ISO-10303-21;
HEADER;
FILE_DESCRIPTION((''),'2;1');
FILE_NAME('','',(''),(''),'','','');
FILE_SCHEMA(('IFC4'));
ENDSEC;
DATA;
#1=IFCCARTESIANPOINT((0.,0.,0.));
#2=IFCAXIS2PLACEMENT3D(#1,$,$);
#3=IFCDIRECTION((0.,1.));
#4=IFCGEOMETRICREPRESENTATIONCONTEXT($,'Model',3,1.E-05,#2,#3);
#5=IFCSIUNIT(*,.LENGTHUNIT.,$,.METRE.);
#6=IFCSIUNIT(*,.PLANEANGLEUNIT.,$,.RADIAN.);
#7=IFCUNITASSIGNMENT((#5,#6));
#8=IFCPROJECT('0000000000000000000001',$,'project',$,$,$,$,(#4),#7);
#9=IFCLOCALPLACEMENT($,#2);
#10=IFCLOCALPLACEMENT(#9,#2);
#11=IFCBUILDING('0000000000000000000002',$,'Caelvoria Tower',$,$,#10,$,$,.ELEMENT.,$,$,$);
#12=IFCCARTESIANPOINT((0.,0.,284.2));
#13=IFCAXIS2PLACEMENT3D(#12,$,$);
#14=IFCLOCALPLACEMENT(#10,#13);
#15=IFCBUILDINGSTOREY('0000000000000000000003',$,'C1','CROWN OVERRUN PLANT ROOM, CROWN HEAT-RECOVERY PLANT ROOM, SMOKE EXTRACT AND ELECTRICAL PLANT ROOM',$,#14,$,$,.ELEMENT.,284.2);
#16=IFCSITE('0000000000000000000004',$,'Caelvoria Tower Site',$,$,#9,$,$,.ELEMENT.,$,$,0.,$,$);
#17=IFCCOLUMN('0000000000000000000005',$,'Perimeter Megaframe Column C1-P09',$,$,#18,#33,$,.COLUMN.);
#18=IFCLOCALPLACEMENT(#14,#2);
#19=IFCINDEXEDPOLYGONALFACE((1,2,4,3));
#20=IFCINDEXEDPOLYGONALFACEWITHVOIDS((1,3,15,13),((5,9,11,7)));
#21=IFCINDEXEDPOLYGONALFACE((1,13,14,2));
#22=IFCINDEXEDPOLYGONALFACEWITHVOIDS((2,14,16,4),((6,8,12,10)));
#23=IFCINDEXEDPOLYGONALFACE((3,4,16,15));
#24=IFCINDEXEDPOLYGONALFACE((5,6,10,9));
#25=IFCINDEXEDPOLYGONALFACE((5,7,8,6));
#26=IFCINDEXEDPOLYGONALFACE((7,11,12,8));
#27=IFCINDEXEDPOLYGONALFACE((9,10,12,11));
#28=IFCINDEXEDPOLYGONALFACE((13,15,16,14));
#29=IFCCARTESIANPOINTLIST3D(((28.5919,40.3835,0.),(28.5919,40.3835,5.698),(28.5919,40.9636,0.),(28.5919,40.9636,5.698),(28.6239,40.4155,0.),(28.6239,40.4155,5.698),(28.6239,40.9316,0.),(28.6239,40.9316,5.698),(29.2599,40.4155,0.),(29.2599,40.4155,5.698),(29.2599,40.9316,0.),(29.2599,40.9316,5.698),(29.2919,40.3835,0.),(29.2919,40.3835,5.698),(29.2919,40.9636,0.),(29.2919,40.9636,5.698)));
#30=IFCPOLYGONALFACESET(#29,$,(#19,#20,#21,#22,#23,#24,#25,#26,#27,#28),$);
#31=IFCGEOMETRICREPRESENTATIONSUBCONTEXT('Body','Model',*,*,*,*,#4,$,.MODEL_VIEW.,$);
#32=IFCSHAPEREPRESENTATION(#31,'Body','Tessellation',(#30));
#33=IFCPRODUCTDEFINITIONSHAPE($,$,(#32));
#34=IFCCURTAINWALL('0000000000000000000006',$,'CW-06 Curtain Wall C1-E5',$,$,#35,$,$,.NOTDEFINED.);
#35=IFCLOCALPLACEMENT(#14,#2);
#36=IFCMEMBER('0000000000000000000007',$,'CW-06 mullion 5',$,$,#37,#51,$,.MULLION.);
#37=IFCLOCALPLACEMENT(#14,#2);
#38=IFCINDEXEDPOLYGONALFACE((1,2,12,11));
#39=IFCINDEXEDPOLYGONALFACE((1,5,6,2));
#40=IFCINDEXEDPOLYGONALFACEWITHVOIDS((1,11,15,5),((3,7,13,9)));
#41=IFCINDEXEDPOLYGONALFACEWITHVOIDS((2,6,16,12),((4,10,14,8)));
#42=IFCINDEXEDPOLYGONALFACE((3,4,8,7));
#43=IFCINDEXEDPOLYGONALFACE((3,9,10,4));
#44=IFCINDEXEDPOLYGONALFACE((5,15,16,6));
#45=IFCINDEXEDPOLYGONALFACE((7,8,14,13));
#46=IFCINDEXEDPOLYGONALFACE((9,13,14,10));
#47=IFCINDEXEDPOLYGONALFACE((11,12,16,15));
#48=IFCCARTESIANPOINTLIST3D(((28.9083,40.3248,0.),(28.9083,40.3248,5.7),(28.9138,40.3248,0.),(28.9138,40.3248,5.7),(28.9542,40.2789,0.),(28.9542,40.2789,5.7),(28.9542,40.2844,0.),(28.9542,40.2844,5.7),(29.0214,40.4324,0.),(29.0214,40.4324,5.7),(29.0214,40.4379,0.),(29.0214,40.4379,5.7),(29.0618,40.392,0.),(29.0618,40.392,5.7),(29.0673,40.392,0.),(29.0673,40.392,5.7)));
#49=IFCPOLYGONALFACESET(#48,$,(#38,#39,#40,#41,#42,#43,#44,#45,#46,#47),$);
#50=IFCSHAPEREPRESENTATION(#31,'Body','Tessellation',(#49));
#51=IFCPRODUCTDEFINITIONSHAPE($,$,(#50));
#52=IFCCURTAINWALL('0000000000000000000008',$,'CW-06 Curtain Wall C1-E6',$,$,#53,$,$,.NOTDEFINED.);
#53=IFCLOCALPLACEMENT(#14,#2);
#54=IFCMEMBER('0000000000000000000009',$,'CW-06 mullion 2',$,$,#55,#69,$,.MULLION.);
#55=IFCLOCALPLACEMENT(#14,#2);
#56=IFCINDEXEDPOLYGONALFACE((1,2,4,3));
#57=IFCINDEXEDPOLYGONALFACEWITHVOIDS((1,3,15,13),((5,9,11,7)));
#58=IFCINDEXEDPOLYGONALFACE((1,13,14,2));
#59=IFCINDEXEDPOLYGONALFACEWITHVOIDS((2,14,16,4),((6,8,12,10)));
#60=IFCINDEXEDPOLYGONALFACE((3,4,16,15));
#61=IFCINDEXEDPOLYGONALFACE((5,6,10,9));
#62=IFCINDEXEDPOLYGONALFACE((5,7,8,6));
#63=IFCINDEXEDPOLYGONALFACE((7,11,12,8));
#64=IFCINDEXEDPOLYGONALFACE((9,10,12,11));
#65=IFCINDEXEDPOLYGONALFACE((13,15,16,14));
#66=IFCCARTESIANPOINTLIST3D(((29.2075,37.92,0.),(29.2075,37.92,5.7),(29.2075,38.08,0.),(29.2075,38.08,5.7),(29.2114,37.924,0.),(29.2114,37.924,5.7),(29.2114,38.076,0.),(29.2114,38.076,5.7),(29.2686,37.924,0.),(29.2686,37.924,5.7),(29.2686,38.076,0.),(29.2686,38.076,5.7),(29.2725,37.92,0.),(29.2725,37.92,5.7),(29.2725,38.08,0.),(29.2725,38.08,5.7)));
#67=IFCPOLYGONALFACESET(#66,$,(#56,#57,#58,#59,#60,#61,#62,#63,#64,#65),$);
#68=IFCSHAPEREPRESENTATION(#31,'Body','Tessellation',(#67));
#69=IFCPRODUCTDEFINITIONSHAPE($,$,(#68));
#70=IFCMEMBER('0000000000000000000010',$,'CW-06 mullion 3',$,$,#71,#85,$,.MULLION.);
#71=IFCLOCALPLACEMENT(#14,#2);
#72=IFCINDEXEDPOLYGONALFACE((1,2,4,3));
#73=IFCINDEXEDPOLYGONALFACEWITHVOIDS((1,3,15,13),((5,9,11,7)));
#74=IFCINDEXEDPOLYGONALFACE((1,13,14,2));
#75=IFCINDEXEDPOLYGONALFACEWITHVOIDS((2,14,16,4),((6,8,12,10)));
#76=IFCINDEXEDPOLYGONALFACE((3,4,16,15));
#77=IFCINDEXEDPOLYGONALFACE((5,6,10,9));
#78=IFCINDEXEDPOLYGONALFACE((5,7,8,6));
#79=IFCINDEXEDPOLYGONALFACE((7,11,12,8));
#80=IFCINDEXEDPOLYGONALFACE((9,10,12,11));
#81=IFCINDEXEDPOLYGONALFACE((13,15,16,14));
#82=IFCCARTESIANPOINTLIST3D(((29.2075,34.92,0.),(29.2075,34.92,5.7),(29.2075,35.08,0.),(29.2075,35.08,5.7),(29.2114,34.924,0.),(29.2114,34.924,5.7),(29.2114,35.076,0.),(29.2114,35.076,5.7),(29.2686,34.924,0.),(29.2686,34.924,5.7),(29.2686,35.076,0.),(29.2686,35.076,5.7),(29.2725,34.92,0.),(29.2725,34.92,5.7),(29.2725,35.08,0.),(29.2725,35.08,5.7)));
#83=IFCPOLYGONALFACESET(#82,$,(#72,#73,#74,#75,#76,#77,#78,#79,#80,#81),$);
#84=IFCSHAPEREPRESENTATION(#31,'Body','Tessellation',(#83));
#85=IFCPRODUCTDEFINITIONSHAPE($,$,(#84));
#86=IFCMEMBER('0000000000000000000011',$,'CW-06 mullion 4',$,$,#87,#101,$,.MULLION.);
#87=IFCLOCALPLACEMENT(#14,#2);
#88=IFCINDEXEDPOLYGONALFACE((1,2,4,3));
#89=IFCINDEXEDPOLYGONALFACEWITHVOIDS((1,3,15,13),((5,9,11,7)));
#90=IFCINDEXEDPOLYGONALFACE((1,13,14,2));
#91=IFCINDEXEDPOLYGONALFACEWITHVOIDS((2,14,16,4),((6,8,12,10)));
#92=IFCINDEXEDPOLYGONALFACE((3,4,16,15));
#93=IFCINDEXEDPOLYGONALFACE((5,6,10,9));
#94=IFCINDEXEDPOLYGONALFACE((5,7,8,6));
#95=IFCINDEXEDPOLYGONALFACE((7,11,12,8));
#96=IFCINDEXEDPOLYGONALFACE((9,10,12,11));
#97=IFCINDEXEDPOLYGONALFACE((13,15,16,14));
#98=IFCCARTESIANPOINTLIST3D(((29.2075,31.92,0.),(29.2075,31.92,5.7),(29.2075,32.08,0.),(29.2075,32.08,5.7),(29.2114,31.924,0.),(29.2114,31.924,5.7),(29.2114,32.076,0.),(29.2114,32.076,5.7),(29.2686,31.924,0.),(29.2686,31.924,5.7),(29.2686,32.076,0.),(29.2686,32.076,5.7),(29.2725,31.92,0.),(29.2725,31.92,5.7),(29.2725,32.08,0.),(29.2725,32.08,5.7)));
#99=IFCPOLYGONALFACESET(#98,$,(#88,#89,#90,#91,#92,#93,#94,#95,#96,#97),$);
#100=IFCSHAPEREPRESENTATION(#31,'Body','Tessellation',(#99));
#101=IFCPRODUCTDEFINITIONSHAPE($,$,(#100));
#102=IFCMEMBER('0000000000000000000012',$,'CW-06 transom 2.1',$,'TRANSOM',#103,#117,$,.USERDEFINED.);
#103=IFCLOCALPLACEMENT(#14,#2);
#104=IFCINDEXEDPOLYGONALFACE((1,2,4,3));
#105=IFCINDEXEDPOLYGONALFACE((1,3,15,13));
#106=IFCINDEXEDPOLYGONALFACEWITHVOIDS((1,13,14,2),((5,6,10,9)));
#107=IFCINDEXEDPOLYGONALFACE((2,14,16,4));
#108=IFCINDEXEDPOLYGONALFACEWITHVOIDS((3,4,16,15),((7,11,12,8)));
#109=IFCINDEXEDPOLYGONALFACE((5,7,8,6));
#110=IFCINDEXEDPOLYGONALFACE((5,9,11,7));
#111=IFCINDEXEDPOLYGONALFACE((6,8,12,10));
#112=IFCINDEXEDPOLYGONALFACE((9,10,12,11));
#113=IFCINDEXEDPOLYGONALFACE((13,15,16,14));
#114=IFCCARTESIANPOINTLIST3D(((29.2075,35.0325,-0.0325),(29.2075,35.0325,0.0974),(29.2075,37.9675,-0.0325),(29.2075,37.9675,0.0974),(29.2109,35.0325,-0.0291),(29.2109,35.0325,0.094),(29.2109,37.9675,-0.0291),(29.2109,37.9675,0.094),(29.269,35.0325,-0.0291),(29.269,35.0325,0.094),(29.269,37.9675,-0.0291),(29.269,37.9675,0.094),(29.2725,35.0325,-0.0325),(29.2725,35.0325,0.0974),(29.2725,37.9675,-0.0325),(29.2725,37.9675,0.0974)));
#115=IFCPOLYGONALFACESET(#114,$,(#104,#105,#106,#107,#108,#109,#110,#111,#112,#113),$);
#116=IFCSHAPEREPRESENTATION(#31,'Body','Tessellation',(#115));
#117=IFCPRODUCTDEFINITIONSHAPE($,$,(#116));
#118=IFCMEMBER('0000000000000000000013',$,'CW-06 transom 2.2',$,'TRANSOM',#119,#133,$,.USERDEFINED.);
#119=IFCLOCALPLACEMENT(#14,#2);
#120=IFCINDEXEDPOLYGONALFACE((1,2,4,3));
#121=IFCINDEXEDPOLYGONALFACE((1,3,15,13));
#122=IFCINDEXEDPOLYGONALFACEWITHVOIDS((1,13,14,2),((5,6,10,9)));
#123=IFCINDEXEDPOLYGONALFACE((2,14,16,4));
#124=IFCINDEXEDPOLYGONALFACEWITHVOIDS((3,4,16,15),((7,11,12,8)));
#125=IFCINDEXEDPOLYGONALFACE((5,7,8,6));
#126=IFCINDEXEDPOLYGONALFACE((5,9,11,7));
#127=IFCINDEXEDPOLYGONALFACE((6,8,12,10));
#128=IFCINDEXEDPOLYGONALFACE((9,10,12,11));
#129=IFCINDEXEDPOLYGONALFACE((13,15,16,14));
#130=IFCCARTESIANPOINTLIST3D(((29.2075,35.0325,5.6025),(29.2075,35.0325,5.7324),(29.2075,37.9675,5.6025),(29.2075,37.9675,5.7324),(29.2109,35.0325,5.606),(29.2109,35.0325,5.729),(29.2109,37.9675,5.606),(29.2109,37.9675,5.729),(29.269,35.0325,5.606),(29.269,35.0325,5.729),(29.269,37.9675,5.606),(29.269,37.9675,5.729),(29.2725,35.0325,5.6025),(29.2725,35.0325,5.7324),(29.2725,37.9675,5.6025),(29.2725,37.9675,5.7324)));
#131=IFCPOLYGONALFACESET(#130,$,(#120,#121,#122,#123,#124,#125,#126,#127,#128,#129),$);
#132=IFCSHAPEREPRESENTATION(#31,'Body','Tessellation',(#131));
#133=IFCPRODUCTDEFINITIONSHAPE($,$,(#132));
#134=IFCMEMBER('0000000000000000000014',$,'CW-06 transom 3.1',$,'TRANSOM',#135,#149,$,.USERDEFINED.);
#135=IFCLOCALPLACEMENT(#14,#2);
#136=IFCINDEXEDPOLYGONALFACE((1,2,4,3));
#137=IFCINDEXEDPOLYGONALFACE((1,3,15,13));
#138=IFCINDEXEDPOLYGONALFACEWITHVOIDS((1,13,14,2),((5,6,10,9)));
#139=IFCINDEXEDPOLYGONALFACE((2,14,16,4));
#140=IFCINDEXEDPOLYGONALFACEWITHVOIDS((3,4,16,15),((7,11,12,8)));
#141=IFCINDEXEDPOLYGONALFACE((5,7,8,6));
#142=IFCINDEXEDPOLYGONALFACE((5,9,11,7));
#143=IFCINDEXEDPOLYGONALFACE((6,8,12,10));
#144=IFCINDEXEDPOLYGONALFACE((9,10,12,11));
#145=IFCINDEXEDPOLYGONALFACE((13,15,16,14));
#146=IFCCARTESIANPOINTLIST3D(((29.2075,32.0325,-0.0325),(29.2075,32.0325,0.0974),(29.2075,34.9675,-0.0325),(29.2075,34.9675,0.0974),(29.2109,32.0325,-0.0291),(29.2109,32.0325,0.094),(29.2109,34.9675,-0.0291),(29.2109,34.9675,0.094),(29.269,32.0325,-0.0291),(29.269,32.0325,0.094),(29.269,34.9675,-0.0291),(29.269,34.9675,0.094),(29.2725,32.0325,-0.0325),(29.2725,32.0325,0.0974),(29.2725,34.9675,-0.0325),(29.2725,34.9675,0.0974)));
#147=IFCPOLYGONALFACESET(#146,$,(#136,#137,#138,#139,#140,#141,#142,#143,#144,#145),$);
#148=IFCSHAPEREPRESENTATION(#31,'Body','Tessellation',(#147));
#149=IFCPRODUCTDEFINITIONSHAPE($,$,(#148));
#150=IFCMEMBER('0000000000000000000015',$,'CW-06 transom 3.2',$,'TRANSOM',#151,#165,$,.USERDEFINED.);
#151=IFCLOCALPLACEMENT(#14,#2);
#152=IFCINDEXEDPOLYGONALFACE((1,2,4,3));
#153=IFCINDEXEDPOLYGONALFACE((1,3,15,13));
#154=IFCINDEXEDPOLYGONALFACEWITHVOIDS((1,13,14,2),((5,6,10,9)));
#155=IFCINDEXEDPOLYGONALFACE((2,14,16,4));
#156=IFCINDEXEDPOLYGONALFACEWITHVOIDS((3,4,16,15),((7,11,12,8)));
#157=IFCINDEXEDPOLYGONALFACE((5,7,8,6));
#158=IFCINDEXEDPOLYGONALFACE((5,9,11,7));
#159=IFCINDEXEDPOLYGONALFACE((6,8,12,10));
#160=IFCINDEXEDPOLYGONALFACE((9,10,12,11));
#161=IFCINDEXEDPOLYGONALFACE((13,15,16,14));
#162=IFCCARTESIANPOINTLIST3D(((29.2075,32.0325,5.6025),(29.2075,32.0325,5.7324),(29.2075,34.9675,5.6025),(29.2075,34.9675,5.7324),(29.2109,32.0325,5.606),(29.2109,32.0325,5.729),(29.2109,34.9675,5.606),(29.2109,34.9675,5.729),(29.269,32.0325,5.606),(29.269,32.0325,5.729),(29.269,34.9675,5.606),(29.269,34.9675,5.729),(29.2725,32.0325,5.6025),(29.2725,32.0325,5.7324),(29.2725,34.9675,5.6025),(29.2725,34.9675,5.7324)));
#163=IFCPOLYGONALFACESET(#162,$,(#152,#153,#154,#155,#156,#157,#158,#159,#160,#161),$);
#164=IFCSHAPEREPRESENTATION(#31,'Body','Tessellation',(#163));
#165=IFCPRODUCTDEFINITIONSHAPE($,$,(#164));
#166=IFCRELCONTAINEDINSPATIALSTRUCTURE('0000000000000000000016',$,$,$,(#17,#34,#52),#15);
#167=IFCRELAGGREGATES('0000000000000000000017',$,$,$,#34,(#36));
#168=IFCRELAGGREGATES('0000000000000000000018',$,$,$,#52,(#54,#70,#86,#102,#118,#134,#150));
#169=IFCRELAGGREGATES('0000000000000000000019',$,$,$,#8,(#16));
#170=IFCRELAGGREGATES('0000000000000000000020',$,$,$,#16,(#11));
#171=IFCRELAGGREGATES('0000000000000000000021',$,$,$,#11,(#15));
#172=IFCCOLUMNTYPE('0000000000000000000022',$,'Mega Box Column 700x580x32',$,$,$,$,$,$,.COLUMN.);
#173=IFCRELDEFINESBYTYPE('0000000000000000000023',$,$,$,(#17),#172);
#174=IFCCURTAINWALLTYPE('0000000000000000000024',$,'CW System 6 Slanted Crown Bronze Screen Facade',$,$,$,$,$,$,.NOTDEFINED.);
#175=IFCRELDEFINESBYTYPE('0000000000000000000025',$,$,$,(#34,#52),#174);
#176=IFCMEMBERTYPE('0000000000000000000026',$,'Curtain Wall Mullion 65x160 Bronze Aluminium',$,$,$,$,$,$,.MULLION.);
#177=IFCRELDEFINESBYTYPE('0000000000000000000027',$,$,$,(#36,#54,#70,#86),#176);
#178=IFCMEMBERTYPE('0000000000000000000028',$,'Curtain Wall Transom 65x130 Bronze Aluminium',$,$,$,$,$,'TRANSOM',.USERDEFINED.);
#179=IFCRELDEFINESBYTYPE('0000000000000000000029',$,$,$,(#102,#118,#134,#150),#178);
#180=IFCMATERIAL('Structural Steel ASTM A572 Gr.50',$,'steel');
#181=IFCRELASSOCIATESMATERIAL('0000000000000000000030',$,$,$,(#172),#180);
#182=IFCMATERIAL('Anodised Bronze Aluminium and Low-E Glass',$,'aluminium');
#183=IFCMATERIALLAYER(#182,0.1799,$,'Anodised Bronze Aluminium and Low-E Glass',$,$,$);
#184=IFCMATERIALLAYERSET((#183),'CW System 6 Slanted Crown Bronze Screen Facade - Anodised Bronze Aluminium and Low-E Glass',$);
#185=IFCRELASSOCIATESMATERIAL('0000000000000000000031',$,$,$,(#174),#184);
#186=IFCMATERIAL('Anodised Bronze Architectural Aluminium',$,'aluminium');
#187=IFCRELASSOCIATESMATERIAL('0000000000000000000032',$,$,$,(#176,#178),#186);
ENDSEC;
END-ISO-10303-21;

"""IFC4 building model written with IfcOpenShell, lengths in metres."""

from ifc_helpers import new_model, si_unit, direction, frame, origin, origin_2d, place, context, subcontext, project, spatial, hollow_rectangle, extrude, material, layer, layer_set, material_profile, profile_set, type_object, element, aggregate, save


model = new_model("IFC4")

# Units and contexts
model_context = context("Model", 3, precision=1e-05, world=origin(), true_north=direction((0.0, 1.0)))
body_context = subcontext(model_context, "Body", "Model", "MODEL_VIEW")
ifc_project = project(units=[si_unit("LENGTHUNIT", "METRE"), si_unit("PLANEANGLEUNIT", "RADIAN")], contexts=[model_context])

# Site, building, storey
site_placement = place(None, origin())
site = spatial("IfcSite", under=ifc_project, at=site_placement, Name="Caelvoria Tower Site", CompositionType="ELEMENT", RefElevation=0.0)
building_placement = place(site_placement, origin())
building = spatial("IfcBuilding", under=site, at=building_placement, Name="Caelvoria Tower", CompositionType="ELEMENT")
storey_placement = place(building_placement, frame((0.0, 0.0, 284.2)))
storey = spatial("IfcBuildingStorey", under=building, at=storey_placement, Name="C1", Description="CROWN OVERRUN PLANT ROOM, CROWN HEAT-RECOVERY PLANT ROOM, SMOKE EXTRACT AND ELECTRICAL PLANT ROOM", CompositionType="ELEMENT", Elevation=284.2)

# Column
ifc_material_1 = material(Name="Structural Steel ASTM A572 Gr.50", Category="steel")
ifc_material_profile_1 = material_profile(ifc_material_1, hollow_rectangle(XDim=0.5801, YDim=0.7, WallThickness=0.032, at=origin_2d()), Name="Structural Steel ASTM A572 Gr.50")
ifc_profile_set_1 = profile_set([ifc_material_profile_1], Name="BOX700X580X32 - Structural Steel ASTM A572 Gr.50")
column_type = type_object("IfcColumnType", Name="Mega Box Column 700x580x32", PredefinedType="COLUMN", material=ifc_profile_set_1)
column_placement = place(storey_placement, frame((28.9419, 40.6736, 0.0), z_axis=(0.0, 0.0, 1.0), x_axis=(0.0, 1.0, 0.0)))
element("IfcColumn", 1, at=column_placement, inside=storey, type_object=column_type, Name="Perimeter Megaframe Column C1-P09", PredefinedType="COLUMN", context=body_context, shape_type="SweptSolid", body=[
    extrude(hollow_rectangle(XDim=0.5801, YDim=0.7, WallThickness=0.032, at=origin_2d()), origin(), (0.0, 0.0, 1.0), 5.698),
])

# Curtain wall, member
ifc_material_2 = material(Name="Anodised Bronze Aluminium and Low-E Glass", Category="aluminium")
ifc_layer_1 = layer(ifc_material_2, 0.1799, Name="Anodised Bronze Aluminium and Low-E Glass")
ifc_layer_set_1 = layer_set([ifc_layer_1], Name="CW System 6 Slanted Crown Bronze Screen Facade - Anodised Bronze Aluminium and Low-E Glass")
curtain_wall_type = type_object("IfcCurtainWallType", Name="CW System 6 Slanted Crown Bronze Screen Facade", PredefinedType="NOTDEFINED", material=ifc_layer_set_1)
curtain_wall_1_placement = place(storey_placement, origin())
curtain_wall_1 = element("IfcCurtainWall", 2, at=curtain_wall_1_placement, inside=storey, type_object=curtain_wall_type, Name="CW-06 Curtain Wall C1-E5", PredefinedType="NOTDEFINED")
ifc_material_3 = material(Name="Anodised Bronze Architectural Aluminium", Category="aluminium")
ifc_material_profile_2 = material_profile(ifc_material_3, hollow_rectangle(XDim=0.0649, YDim=0.1599, WallThickness=0.0039, at=origin_2d()), Name="Anodised Bronze Architectural Aluminium")
ifc_profile_set_2 = profile_set([ifc_material_profile_2], Name="CW_MULL_65X160 - Anodised Bronze Architectural Aluminium")
member_type_1 = type_object("IfcMemberType", Name="Curtain Wall Mullion 65x160 Bronze Aluminium", PredefinedType="MULLION", material=ifc_profile_set_2)
member_1_placement = place(storey_placement, frame((28.9878, 40.3584, 0.0), z_axis=(0.0, 0.0, 1.0), x_axis=(0.707107, -0.707107, 0.0)))
member_1 = element("IfcMember", 3, at=member_1_placement, type_object=member_type_1, Name="CW-06 mullion 5", PredefinedType="MULLION", context=body_context, shape_type="SweptSolid", body=[
    extrude(hollow_rectangle(XDim=0.0649, YDim=0.1599, WallThickness=0.0039, at=origin_2d()), origin(), (0.0, 0.0, 1.0), 5.7),
])
aggregate(curtain_wall_1, [member_1])

# Curtain wall, members
curtain_wall_2_placement = place(storey_placement, origin())
curtain_wall_2 = element("IfcCurtainWall", 4, at=curtain_wall_2_placement, inside=storey, type_object=curtain_wall_type, Name="CW-06 Curtain Wall C1-E6", PredefinedType="NOTDEFINED")
member_2_placement = place(storey_placement, frame((29.24, 38.0, 0.0), z_axis=(0.0, 0.0, 1.0), x_axis=(1.0, 0.0, 0.0)))
member_2 = element("IfcMember", 5, at=member_2_placement, type_object=member_type_1, Name="CW-06 mullion 2", PredefinedType="MULLION", context=body_context, shape_type="SweptSolid", body=[
    extrude(hollow_rectangle(XDim=0.0649, YDim=0.1599, WallThickness=0.0039, at=origin_2d()), origin(), (0.0, 0.0, 1.0), 5.7),
])
member_3_placement = place(storey_placement, frame((29.24, 35.0, 0.0), z_axis=(0.0, 0.0, 1.0), x_axis=(1.0, 0.0, 0.0)))
member_3 = element("IfcMember", 6, at=member_3_placement, type_object=member_type_1, Name="CW-06 mullion 3", PredefinedType="MULLION", context=body_context, shape_type="SweptSolid", body=[
    extrude(hollow_rectangle(XDim=0.0649, YDim=0.1599, WallThickness=0.0039, at=origin_2d()), origin(), (0.0, 0.0, 1.0), 5.7),
])
member_4_placement = place(storey_placement, frame((29.24, 32.0, 0.0), z_axis=(0.0, 0.0, 1.0), x_axis=(1.0, 0.0, 0.0)))
member_4 = element("IfcMember", 7, at=member_4_placement, type_object=member_type_1, Name="CW-06 mullion 4", PredefinedType="MULLION", context=body_context, shape_type="SweptSolid", body=[
    extrude(hollow_rectangle(XDim=0.0649, YDim=0.1599, WallThickness=0.0039, at=origin_2d()), origin(), (0.0, 0.0, 1.0), 5.7),
])
ifc_material_profile_3 = material_profile(ifc_material_3, hollow_rectangle(XDim=0.0649, YDim=0.1299, WallThickness=0.0034, at=origin_2d()), Name="Anodised Bronze Architectural Aluminium")
ifc_profile_set_3 = profile_set([ifc_material_profile_3], Name="CW_TRAN_65X130 - Anodised Bronze Architectural Aluminium")
member_type_2 = type_object("IfcMemberType", Name="Curtain Wall Transom 65x130 Bronze Aluminium", ElementType="TRANSOM", PredefinedType="USERDEFINED", material=ifc_profile_set_3)
member_5_placement = place(storey_placement, frame((29.24, 37.9675, 0.0325), z_axis=(0.0, -1.0, 0.0), x_axis=(1.0, 0.0, 0.0)))
member_5 = element("IfcMember", 8, at=member_5_placement, type_object=member_type_2, Name="CW-06 transom 2.1", ObjectType="TRANSOM", PredefinedType="USERDEFINED", context=body_context, shape_type="SweptSolid", body=[
    extrude(hollow_rectangle(XDim=0.0649, YDim=0.1299, WallThickness=0.0034, at=origin_2d()), origin(), (0.0, 0.0, 1.0), 2.9351),
])
member_6_placement = place(storey_placement, frame((29.24, 37.9675, 5.6675), z_axis=(0.0, -1.0, 0.0), x_axis=(1.0, 0.0, 0.0)))
member_6 = element("IfcMember", 9, at=member_6_placement, type_object=member_type_2, Name="CW-06 transom 2.2", ObjectType="TRANSOM", PredefinedType="USERDEFINED", context=body_context, shape_type="SweptSolid", body=[
    extrude(hollow_rectangle(XDim=0.0649, YDim=0.1299, WallThickness=0.0034, at=origin_2d()), origin(), (0.0, 0.0, 1.0), 2.9351),
])
member_7_placement = place(storey_placement, frame((29.24, 34.9675, 0.0325), z_axis=(0.0, -1.0, 0.0), x_axis=(1.0, 0.0, 0.0)))
member_7 = element("IfcMember", 10, at=member_7_placement, type_object=member_type_2, Name="CW-06 transom 3.1", ObjectType="TRANSOM", PredefinedType="USERDEFINED", context=body_context, shape_type="SweptSolid", body=[
    extrude(hollow_rectangle(XDim=0.0649, YDim=0.1299, WallThickness=0.0034, at=origin_2d()), origin(), (0.0, 0.0, 1.0), 2.9351),
])
member_8_placement = place(storey_placement, frame((29.24, 34.9675, 5.6675), z_axis=(0.0, -1.0, 0.0), x_axis=(1.0, 0.0, 0.0)))
member_8 = element("IfcMember", 11, at=member_8_placement, type_object=member_type_2, Name="CW-06 transom 3.2", ObjectType="TRANSOM", PredefinedType="USERDEFINED", context=body_context, shape_type="SweptSolid", body=[
    extrude(hollow_rectangle(XDim=0.0649, YDim=0.1299, WallThickness=0.0034, at=origin_2d()), origin(), (0.0, 0.0, 1.0), 2.9351),
])

aggregate(curtain_wall_2, [member_2, member_3, member_4, member_5, member_6, member_7, member_8])

save(model, "model.ifc")
